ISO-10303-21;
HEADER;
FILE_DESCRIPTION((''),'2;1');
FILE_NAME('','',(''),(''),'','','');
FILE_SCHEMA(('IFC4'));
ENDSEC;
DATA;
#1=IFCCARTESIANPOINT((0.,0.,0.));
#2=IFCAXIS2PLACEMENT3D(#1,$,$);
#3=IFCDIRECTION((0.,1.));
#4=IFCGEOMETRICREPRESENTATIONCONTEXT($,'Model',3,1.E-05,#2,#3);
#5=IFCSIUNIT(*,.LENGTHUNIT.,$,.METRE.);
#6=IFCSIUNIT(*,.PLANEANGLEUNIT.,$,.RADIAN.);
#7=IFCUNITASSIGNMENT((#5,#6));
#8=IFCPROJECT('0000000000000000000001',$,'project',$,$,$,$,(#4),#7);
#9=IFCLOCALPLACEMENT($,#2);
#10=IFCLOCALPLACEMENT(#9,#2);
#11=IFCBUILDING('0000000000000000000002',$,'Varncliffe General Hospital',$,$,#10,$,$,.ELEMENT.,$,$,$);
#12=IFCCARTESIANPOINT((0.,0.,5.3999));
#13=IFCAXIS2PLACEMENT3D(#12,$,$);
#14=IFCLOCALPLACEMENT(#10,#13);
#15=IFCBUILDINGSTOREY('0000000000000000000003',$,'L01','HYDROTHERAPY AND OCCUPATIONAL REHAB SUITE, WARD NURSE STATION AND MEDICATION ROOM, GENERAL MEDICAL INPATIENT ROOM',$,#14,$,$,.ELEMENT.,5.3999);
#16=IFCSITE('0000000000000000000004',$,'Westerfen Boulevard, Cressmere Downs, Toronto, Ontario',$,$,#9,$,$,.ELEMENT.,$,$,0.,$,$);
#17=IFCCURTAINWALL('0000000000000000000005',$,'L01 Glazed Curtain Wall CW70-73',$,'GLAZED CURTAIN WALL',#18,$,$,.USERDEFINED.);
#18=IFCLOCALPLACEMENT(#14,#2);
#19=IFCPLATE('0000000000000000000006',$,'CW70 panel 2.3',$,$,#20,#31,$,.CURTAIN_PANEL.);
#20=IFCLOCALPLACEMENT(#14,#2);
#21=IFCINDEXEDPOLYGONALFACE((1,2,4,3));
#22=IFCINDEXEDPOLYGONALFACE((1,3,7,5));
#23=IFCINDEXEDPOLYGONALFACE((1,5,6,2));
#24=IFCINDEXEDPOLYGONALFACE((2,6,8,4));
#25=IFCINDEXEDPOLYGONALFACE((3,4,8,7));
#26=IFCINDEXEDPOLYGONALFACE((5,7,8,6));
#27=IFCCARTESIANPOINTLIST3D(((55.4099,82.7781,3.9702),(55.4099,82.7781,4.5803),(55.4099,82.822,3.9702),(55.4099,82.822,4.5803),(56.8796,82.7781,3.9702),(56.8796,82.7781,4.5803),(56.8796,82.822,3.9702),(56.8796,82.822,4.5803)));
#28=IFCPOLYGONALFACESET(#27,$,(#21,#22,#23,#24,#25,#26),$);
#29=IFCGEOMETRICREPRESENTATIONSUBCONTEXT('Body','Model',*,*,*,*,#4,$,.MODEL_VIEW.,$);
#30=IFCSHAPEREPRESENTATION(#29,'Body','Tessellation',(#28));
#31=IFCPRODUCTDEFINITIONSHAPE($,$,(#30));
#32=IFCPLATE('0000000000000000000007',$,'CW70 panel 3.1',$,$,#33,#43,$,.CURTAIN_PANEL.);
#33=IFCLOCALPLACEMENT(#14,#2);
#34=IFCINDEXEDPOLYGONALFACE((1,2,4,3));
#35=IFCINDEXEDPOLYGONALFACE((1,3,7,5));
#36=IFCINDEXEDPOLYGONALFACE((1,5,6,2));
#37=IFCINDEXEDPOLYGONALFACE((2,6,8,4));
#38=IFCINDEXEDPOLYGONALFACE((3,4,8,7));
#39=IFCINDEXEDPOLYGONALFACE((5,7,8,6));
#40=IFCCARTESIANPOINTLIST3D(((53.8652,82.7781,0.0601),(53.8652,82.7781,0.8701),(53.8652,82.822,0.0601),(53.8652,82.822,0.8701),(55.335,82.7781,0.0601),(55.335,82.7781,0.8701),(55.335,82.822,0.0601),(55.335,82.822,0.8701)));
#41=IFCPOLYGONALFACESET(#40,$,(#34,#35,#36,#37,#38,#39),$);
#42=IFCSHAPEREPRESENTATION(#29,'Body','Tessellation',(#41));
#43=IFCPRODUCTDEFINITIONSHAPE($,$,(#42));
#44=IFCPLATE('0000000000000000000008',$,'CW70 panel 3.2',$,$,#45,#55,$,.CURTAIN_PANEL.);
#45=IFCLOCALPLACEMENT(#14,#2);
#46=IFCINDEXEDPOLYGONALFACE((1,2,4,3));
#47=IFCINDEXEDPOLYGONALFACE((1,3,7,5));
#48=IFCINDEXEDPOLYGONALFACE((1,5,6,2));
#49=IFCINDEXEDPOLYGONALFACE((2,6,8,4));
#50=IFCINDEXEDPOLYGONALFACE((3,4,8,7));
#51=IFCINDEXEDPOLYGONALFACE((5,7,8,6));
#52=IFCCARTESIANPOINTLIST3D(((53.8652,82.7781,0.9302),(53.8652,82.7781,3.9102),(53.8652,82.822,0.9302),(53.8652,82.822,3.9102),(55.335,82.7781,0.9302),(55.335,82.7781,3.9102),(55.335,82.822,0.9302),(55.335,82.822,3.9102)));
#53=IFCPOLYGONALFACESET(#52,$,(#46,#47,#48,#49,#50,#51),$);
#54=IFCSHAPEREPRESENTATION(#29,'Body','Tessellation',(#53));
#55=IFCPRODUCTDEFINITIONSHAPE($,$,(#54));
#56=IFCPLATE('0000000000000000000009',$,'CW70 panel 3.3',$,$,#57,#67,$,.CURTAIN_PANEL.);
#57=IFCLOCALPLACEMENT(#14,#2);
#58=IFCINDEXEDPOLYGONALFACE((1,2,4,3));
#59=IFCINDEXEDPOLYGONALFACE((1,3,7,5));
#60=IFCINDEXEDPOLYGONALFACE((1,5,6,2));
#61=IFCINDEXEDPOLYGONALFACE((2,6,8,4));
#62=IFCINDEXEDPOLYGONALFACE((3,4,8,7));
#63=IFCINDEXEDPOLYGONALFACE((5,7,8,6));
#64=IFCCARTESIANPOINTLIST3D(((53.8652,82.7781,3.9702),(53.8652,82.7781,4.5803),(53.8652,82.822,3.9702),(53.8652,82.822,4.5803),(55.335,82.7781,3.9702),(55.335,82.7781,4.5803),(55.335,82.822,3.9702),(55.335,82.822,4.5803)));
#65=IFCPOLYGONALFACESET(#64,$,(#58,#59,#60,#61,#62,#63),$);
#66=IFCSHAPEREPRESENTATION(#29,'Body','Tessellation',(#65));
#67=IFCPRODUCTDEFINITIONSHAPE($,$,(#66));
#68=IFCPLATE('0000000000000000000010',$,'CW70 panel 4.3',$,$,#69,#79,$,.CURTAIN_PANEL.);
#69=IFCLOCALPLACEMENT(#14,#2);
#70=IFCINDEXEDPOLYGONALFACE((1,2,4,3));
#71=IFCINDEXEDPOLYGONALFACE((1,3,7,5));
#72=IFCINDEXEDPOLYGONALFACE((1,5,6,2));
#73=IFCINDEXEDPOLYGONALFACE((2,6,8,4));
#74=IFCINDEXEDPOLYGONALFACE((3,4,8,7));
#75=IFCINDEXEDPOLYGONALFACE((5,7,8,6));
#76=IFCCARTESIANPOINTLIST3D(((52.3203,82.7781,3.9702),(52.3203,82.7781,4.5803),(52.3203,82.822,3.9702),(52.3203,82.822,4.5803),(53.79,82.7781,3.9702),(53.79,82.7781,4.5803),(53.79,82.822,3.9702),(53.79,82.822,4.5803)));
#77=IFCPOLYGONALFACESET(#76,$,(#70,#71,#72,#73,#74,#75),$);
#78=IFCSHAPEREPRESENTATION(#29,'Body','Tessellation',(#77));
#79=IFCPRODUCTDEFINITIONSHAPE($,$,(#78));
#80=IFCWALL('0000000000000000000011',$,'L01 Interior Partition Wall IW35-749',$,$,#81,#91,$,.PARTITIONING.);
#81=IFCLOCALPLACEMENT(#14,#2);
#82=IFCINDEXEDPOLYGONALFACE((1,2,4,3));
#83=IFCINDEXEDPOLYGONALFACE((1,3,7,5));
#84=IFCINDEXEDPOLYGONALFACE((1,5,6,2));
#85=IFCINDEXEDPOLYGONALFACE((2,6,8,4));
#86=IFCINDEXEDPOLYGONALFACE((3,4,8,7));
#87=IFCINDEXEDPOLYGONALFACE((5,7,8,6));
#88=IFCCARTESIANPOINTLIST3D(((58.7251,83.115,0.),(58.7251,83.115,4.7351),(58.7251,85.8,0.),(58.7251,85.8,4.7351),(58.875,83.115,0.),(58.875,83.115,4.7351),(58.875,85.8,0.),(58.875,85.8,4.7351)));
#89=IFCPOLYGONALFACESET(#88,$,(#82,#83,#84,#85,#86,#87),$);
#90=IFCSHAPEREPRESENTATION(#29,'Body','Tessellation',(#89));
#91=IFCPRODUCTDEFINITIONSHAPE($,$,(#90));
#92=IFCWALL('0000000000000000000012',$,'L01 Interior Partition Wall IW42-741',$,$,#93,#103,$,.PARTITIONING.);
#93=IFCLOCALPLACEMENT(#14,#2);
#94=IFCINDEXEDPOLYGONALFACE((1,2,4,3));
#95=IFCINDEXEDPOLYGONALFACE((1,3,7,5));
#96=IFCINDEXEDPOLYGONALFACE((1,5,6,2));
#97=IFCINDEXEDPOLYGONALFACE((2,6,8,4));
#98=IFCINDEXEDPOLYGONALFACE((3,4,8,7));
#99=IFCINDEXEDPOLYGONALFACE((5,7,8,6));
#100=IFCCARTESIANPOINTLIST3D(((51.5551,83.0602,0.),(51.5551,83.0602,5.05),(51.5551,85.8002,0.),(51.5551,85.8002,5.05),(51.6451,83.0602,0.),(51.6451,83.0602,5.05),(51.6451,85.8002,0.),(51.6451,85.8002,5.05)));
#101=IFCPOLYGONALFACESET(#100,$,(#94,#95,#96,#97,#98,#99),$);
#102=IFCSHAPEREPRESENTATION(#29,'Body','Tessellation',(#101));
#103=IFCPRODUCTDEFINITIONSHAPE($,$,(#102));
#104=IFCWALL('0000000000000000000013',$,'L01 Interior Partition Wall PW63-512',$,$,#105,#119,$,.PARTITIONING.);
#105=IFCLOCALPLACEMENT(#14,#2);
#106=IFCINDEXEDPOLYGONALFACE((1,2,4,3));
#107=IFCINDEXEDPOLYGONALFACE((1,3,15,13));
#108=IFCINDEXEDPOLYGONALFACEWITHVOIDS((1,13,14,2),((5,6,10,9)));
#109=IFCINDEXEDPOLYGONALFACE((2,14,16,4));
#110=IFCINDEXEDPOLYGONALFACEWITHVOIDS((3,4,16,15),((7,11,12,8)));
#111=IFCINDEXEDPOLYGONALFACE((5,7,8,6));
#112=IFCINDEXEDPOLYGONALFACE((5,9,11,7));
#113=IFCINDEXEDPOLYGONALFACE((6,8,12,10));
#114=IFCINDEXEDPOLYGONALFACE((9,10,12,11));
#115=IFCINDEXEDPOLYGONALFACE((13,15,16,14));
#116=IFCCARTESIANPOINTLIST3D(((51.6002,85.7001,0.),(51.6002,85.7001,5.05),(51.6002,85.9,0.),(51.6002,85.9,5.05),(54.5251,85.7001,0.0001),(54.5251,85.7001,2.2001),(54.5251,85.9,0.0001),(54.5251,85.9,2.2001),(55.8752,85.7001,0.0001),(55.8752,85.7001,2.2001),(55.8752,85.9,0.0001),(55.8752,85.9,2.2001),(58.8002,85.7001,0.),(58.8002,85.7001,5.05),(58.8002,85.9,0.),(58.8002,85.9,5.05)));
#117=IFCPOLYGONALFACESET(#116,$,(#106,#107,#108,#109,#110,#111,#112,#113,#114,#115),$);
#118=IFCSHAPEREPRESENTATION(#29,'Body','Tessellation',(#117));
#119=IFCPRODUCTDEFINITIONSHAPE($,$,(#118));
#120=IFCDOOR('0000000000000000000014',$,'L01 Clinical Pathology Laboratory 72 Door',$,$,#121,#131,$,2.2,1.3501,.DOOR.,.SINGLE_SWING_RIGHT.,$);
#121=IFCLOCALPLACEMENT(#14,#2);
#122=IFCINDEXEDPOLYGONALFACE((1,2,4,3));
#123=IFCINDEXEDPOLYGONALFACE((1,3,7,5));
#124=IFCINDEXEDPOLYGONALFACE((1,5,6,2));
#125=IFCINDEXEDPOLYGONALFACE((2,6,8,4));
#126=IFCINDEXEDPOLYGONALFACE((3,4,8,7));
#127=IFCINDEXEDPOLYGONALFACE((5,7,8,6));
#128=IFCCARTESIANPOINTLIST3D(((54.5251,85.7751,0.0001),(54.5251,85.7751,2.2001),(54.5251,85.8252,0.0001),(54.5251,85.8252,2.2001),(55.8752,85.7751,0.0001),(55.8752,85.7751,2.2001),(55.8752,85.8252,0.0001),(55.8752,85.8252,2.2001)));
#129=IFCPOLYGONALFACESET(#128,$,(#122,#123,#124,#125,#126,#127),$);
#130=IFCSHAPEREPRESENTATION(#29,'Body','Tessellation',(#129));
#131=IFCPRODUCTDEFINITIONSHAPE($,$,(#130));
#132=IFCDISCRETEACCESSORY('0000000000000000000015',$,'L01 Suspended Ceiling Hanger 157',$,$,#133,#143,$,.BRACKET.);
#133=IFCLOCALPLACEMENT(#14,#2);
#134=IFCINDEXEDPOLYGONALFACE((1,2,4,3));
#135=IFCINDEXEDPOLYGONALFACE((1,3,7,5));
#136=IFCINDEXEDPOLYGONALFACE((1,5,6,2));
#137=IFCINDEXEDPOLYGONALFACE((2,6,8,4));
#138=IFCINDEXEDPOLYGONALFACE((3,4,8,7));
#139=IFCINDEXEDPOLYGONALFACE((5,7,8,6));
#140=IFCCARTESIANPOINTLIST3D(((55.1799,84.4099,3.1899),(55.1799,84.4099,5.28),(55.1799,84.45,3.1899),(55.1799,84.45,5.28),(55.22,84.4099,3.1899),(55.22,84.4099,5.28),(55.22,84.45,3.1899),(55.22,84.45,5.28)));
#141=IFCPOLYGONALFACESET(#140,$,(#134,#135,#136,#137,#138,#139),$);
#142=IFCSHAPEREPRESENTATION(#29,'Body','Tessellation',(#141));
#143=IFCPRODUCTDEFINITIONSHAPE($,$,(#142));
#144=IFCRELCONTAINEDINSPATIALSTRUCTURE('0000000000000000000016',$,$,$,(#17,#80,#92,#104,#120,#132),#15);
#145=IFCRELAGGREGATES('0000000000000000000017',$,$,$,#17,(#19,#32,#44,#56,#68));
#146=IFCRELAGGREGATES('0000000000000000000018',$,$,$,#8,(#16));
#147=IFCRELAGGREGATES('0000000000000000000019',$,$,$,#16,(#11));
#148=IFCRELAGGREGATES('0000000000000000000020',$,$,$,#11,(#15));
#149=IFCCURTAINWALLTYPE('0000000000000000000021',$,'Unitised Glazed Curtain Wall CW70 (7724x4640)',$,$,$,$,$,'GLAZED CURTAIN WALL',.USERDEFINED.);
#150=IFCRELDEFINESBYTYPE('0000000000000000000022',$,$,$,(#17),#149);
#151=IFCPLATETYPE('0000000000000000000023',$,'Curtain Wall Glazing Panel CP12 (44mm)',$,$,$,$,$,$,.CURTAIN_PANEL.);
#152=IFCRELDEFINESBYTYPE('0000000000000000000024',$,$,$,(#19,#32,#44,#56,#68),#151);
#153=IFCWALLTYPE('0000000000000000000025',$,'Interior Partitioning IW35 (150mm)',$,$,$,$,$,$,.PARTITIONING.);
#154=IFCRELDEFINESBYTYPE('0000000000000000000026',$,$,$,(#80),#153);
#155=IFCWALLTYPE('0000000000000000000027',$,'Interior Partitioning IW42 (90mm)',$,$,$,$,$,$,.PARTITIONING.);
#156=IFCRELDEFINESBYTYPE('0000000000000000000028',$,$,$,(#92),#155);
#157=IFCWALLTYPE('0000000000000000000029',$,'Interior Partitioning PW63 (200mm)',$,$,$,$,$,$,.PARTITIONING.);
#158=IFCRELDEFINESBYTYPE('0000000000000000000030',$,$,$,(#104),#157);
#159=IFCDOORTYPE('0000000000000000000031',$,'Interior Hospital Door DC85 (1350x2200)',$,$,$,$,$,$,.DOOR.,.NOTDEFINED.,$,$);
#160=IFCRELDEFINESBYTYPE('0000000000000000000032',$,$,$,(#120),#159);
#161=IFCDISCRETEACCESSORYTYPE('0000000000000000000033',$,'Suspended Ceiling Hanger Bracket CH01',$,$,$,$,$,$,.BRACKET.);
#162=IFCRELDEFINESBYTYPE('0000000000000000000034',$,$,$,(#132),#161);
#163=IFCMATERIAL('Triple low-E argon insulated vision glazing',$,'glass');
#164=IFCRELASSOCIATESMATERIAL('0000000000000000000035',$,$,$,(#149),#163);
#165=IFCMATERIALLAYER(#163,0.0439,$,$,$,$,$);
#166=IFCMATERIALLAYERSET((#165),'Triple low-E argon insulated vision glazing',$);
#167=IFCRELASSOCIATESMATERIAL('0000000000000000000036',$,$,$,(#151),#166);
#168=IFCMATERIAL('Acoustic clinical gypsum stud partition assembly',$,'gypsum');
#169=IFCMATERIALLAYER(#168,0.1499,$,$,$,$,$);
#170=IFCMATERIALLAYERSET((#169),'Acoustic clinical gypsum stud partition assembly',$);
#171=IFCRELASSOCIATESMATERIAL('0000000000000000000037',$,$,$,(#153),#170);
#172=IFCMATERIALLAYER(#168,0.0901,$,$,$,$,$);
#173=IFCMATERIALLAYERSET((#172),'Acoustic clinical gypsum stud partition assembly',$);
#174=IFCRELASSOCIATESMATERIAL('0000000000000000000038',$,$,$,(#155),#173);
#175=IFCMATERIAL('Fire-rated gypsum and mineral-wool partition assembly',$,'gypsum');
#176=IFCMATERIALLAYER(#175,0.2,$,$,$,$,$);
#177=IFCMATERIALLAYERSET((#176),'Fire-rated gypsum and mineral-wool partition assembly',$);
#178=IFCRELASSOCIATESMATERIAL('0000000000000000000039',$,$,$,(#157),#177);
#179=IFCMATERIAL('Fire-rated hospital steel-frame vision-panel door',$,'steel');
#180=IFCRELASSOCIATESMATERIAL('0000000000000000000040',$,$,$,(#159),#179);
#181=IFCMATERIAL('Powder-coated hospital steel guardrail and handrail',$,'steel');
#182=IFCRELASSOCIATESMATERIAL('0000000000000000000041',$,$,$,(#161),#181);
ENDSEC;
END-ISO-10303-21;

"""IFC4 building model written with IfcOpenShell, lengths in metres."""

from ifc_helpers import new_model, si_unit, direction, frame, frame_2d, origin, origin_2d, place, context, subcontext, project, spatial, rectangle, extrude, material, layer, layer_set, type_object, element, fill, aggregate, save


model = new_model("IFC4")

# Units and contexts
model_context = context("Model", 3, precision=1e-05, world=origin(), true_north=direction((0.0, 1.0)))
body_context = subcontext(model_context, "Body", "Model", "MODEL_VIEW")
ifc_project = project(units=[si_unit("LENGTHUNIT", "METRE"), si_unit("PLANEANGLEUNIT", "RADIAN")], contexts=[model_context])

# Site, building, storey
site_placement = place(None, origin())
site = spatial("IfcSite", under=ifc_project, at=site_placement, Name="Westerfen Boulevard, Cressmere Downs, Toronto, Ontario", CompositionType="ELEMENT", RefElevation=0.0)
building_placement = place(site_placement, origin())
building = spatial("IfcBuilding", under=site, at=building_placement, Name="Varncliffe General Hospital", CompositionType="ELEMENT")
storey_placement = place(building_placement, frame((0.0, 0.0, 5.3999)))
storey = spatial("IfcBuildingStorey", under=building, at=storey_placement, Name="L01", Description="HYDROTHERAPY AND OCCUPATIONAL REHAB SUITE, WARD NURSE STATION AND MEDICATION ROOM, GENERAL MEDICAL INPATIENT ROOM", CompositionType="ELEMENT", Elevation=5.3999)

# Curtain wall, plates
ifc_material_1 = material(Name="Triple low-E argon insulated vision glazing", Category="glass")
curtain_wall_type = type_object("IfcCurtainWallType", Name="Unitised Glazed Curtain Wall CW70 (7724x4640)", ElementType="GLAZED CURTAIN WALL", PredefinedType="USERDEFINED", material=ifc_material_1)
curtain_wall_placement = place(storey_placement, origin())
curtain_wall = element("IfcCurtainWall", 1, at=curtain_wall_placement, inside=storey, type_object=curtain_wall_type, Name="L01 Glazed Curtain Wall CW70-73", ObjectType="GLAZED CURTAIN WALL", PredefinedType="USERDEFINED")
ifc_layer_1 = layer(ifc_material_1, 0.0439)
ifc_layer_set_1 = layer_set([ifc_layer_1], Name="Triple low-E argon insulated vision glazing")
plate_type = type_object("IfcPlateType", Name="Curtain Wall Glazing Panel CP12 (44mm)", PredefinedType="CURTAIN_PANEL", material=ifc_layer_set_1)
plate_1_placement = place(storey_placement, frame((56.1448, 82.8, 3.9702), z_axis=(0.0, 0.0, 1.0), x_axis=(-1.0, 0.0, 0.0)))
plate_1 = element("IfcPlate", 2, at=plate_1_placement, type_object=plate_type, Name="CW70 panel 2.3", PredefinedType="CURTAIN_PANEL", context=body_context, shape_type="SweptSolid", body=[
    extrude(rectangle(XDim=1.4697, YDim=0.0439, at=origin_2d()), origin(), (0.0, 0.0, 1.0), 0.6101),
])
plate_2_placement = place(storey_placement, frame((54.6001, 82.8, 0.0601), z_axis=(0.0, 0.0, 1.0), x_axis=(-1.0, 0.0, 0.0)))
plate_2 = element("IfcPlate", 3, at=plate_2_placement, type_object=plate_type, Name="CW70 panel 3.1", PredefinedType="CURTAIN_PANEL", context=body_context, shape_type="SweptSolid", body=[
    extrude(rectangle(XDim=1.4697, YDim=0.0439, at=origin_2d()), origin(), (0.0, 0.0, 1.0), 0.8101),
])
plate_3_placement = place(storey_placement, frame((54.6001, 82.8, 0.9302), z_axis=(0.0, 0.0, 1.0), x_axis=(-1.0, 0.0, 0.0)))
plate_3 = element("IfcPlate", 4, at=plate_3_placement, type_object=plate_type, Name="CW70 panel 3.2", PredefinedType="CURTAIN_PANEL", context=body_context, shape_type="SweptSolid", body=[
    extrude(rectangle(XDim=1.4697, YDim=0.0439, at=origin_2d()), origin(), (0.0, 0.0, 1.0), 2.98),
])
plate_4_placement = place(storey_placement, frame((54.6001, 82.8, 3.9702), z_axis=(0.0, 0.0, 1.0), x_axis=(-1.0, 0.0, 0.0)))
plate_4 = element("IfcPlate", 5, at=plate_4_placement, type_object=plate_type, Name="CW70 panel 3.3", PredefinedType="CURTAIN_PANEL", context=body_context, shape_type="SweptSolid", body=[
    extrude(rectangle(XDim=1.4697, YDim=0.0439, at=origin_2d()), origin(), (0.0, 0.0, 1.0), 0.6101),
])
plate_5_placement = place(storey_placement, frame((53.0552, 82.8, 3.9702), z_axis=(0.0, 0.0, 1.0), x_axis=(-1.0, 0.0, 0.0)))
plate_5 = element("IfcPlate", 6, at=plate_5_placement, type_object=plate_type, Name="CW70 panel 4.3", PredefinedType="CURTAIN_PANEL", context=body_context, shape_type="SweptSolid", body=[
    extrude(rectangle(XDim=1.4697, YDim=0.0439, at=origin_2d()), origin(), (0.0, 0.0, 1.0), 0.6101),
])
aggregate(curtain_wall, [plate_1, plate_2, plate_3, plate_4, plate_5])

# Walls
ifc_material_2 = material(Name="Acoustic clinical gypsum stud partition assembly", Category="gypsum")
ifc_layer_2 = layer(ifc_material_2, 0.1499)
ifc_layer_set_2 = layer_set([ifc_layer_2], Name="Acoustic clinical gypsum stud partition assembly")
wall_type_1 = type_object("IfcWallType", Name="Interior Partitioning IW35 (150mm)", PredefinedType="PARTITIONING", material=ifc_layer_set_2)
wall_1_placement = place(storey_placement, frame((58.8, 83.115, 0.0), z_axis=(0.0, 0.0, 1.0), x_axis=(0.0, 1.0, 0.0)))
element("IfcWall", 7, at=wall_1_placement, inside=storey, type_object=wall_type_1, Name="L01 Interior Partition Wall IW35-749", PredefinedType="PARTITIONING", context=body_context, shape_type="SweptSolid", body=[
    extrude(rectangle(XDim=2.6851, YDim=0.1499, at=frame_2d((1.3425, 0.0))), origin(), (0.0, 0.0, 1.0), 4.7351),
])
ifc_layer_3 = layer(ifc_material_2, 0.0901)
ifc_layer_set_3 = layer_set([ifc_layer_3], Name="Acoustic clinical gypsum stud partition assembly")
wall_type_2 = type_object("IfcWallType", Name="Interior Partitioning IW42 (90mm)", PredefinedType="PARTITIONING", material=ifc_layer_set_3)
wall_2_placement = place(storey_placement, frame((51.6001, 83.0601, 0.0), z_axis=(0.0, 0.0, 1.0), x_axis=(0.0, 1.0, 0.0)))
element("IfcWall", 8, at=wall_2_placement, inside=storey, type_object=wall_type_2, Name="L01 Interior Partition Wall IW42-741", PredefinedType="PARTITIONING", context=body_context, shape_type="SweptSolid", body=[
    extrude(rectangle(XDim=2.74, YDim=0.0901, at=frame_2d((1.3701, 0.0))), origin(), (0.0, 0.0, 1.0), 5.05),
])

# Wall, opening, door
ifc_material_3 = material(Name="Fire-rated gypsum and mineral-wool partition assembly", Category="gypsum")
ifc_layer_4 = layer(ifc_material_3, 0.2)
ifc_layer_set_4 = layer_set([ifc_layer_4], Name="Fire-rated gypsum and mineral-wool partition assembly")
wall_type_3 = type_object("IfcWallType", Name="Interior Partitioning PW63 (200mm)", PredefinedType="PARTITIONING", material=ifc_layer_set_4)
wall_3_placement = place(storey_placement, frame((51.6001, 85.8, 0.0), z_axis=(0.0, 0.0, 1.0), x_axis=(1.0, 0.0, 0.0)))
wall_3 = element("IfcWall", 9, at=wall_3_placement, inside=storey, type_object=wall_type_3, Name="L01 Interior Partition Wall PW63-512", PredefinedType="PARTITIONING", context=body_context, shape_type="SweptSolid", body=[
    extrude(rectangle(XDim=7.2, YDim=0.2, at=frame_2d((3.6001, 0.0))), origin(), (0.0, 0.0, 1.0), 5.05),
])
opening_placement = place(wall_3_placement, frame((2.925, 0.0, 0.0)))
opening = element("IfcOpeningElement", 10, at=opening_placement, cuts=wall_3, PredefinedType="OPENING", context=body_context, shape_type="SweptSolid", body=[
    extrude(rectangle(XDim=1.3501, YDim=2.2, at=frame_2d((0.675, 1.1001))), frame((0.0, 0.1099, 0.0), z_axis=(0.0, -1.0, 0.0), x_axis=(1.0, 0.0, 0.0)), (0.0, 0.0, 1.0), 0.22),
])
ifc_material_4 = material(Name="Fire-rated hospital steel-frame vision-panel door", Category="steel")
door_type = type_object("IfcDoorType", Name="Interior Hospital Door DC85 (1350x2200)", OperationType="NOTDEFINED", PredefinedType="DOOR", material=ifc_material_4)
door_placement = place(opening_placement, frame((1.3501, 0.0, 0.0), z_axis=(0.0, 0.0, 1.0), x_axis=(-1.0, 0.0, 0.0)))
door = element("IfcDoor", 11, at=door_placement, inside=storey, type_object=door_type, Name="L01 Clinical Pathology Laboratory 72 Door", OperationType="SINGLE_SWING_RIGHT", OverallHeight=2.2, OverallWidth=1.3501, PredefinedType="DOOR", context=body_context, shape_type="SweptSolid", body=[
    extrude(rectangle(XDim=1.3501, YDim=2.2, at=frame_2d((0.675, 1.1001))), frame((0.0, 0.0249, 0.0), z_axis=(0.0, -1.0, 0.0), x_axis=(1.0, 0.0, 0.0)), (0.0, 0.0, 1.0), 0.05),
])
fill(opening, door)

# Discrete accessory
ifc_material_5 = material(Name="Powder-coated hospital steel guardrail and handrail", Category="steel")
discrete_accessory_type = type_object("IfcDiscreteAccessoryType", Name="Suspended Ceiling Hanger Bracket CH01", PredefinedType="BRACKET", material=ifc_material_5)
discrete_accessory_placement = place(storey_placement, frame((55.2, 84.4299, 3.1899), z_axis=(0.0, 0.0, 1.0), x_axis=(1.0, 0.0, 0.0)))
element("IfcDiscreteAccessory", 12, at=discrete_accessory_placement, inside=storey, type_object=discrete_accessory_type, Name="L01 Suspended Ceiling Hanger 157", PredefinedType="BRACKET", context=body_context, shape_type="SweptSolid", body=[
    extrude(rectangle(XDim=0.04, YDim=0.04, at=origin_2d()), origin(), (0.0, 0.0, 1.0), 2.0901),
])

save(model, "model.ifc")
